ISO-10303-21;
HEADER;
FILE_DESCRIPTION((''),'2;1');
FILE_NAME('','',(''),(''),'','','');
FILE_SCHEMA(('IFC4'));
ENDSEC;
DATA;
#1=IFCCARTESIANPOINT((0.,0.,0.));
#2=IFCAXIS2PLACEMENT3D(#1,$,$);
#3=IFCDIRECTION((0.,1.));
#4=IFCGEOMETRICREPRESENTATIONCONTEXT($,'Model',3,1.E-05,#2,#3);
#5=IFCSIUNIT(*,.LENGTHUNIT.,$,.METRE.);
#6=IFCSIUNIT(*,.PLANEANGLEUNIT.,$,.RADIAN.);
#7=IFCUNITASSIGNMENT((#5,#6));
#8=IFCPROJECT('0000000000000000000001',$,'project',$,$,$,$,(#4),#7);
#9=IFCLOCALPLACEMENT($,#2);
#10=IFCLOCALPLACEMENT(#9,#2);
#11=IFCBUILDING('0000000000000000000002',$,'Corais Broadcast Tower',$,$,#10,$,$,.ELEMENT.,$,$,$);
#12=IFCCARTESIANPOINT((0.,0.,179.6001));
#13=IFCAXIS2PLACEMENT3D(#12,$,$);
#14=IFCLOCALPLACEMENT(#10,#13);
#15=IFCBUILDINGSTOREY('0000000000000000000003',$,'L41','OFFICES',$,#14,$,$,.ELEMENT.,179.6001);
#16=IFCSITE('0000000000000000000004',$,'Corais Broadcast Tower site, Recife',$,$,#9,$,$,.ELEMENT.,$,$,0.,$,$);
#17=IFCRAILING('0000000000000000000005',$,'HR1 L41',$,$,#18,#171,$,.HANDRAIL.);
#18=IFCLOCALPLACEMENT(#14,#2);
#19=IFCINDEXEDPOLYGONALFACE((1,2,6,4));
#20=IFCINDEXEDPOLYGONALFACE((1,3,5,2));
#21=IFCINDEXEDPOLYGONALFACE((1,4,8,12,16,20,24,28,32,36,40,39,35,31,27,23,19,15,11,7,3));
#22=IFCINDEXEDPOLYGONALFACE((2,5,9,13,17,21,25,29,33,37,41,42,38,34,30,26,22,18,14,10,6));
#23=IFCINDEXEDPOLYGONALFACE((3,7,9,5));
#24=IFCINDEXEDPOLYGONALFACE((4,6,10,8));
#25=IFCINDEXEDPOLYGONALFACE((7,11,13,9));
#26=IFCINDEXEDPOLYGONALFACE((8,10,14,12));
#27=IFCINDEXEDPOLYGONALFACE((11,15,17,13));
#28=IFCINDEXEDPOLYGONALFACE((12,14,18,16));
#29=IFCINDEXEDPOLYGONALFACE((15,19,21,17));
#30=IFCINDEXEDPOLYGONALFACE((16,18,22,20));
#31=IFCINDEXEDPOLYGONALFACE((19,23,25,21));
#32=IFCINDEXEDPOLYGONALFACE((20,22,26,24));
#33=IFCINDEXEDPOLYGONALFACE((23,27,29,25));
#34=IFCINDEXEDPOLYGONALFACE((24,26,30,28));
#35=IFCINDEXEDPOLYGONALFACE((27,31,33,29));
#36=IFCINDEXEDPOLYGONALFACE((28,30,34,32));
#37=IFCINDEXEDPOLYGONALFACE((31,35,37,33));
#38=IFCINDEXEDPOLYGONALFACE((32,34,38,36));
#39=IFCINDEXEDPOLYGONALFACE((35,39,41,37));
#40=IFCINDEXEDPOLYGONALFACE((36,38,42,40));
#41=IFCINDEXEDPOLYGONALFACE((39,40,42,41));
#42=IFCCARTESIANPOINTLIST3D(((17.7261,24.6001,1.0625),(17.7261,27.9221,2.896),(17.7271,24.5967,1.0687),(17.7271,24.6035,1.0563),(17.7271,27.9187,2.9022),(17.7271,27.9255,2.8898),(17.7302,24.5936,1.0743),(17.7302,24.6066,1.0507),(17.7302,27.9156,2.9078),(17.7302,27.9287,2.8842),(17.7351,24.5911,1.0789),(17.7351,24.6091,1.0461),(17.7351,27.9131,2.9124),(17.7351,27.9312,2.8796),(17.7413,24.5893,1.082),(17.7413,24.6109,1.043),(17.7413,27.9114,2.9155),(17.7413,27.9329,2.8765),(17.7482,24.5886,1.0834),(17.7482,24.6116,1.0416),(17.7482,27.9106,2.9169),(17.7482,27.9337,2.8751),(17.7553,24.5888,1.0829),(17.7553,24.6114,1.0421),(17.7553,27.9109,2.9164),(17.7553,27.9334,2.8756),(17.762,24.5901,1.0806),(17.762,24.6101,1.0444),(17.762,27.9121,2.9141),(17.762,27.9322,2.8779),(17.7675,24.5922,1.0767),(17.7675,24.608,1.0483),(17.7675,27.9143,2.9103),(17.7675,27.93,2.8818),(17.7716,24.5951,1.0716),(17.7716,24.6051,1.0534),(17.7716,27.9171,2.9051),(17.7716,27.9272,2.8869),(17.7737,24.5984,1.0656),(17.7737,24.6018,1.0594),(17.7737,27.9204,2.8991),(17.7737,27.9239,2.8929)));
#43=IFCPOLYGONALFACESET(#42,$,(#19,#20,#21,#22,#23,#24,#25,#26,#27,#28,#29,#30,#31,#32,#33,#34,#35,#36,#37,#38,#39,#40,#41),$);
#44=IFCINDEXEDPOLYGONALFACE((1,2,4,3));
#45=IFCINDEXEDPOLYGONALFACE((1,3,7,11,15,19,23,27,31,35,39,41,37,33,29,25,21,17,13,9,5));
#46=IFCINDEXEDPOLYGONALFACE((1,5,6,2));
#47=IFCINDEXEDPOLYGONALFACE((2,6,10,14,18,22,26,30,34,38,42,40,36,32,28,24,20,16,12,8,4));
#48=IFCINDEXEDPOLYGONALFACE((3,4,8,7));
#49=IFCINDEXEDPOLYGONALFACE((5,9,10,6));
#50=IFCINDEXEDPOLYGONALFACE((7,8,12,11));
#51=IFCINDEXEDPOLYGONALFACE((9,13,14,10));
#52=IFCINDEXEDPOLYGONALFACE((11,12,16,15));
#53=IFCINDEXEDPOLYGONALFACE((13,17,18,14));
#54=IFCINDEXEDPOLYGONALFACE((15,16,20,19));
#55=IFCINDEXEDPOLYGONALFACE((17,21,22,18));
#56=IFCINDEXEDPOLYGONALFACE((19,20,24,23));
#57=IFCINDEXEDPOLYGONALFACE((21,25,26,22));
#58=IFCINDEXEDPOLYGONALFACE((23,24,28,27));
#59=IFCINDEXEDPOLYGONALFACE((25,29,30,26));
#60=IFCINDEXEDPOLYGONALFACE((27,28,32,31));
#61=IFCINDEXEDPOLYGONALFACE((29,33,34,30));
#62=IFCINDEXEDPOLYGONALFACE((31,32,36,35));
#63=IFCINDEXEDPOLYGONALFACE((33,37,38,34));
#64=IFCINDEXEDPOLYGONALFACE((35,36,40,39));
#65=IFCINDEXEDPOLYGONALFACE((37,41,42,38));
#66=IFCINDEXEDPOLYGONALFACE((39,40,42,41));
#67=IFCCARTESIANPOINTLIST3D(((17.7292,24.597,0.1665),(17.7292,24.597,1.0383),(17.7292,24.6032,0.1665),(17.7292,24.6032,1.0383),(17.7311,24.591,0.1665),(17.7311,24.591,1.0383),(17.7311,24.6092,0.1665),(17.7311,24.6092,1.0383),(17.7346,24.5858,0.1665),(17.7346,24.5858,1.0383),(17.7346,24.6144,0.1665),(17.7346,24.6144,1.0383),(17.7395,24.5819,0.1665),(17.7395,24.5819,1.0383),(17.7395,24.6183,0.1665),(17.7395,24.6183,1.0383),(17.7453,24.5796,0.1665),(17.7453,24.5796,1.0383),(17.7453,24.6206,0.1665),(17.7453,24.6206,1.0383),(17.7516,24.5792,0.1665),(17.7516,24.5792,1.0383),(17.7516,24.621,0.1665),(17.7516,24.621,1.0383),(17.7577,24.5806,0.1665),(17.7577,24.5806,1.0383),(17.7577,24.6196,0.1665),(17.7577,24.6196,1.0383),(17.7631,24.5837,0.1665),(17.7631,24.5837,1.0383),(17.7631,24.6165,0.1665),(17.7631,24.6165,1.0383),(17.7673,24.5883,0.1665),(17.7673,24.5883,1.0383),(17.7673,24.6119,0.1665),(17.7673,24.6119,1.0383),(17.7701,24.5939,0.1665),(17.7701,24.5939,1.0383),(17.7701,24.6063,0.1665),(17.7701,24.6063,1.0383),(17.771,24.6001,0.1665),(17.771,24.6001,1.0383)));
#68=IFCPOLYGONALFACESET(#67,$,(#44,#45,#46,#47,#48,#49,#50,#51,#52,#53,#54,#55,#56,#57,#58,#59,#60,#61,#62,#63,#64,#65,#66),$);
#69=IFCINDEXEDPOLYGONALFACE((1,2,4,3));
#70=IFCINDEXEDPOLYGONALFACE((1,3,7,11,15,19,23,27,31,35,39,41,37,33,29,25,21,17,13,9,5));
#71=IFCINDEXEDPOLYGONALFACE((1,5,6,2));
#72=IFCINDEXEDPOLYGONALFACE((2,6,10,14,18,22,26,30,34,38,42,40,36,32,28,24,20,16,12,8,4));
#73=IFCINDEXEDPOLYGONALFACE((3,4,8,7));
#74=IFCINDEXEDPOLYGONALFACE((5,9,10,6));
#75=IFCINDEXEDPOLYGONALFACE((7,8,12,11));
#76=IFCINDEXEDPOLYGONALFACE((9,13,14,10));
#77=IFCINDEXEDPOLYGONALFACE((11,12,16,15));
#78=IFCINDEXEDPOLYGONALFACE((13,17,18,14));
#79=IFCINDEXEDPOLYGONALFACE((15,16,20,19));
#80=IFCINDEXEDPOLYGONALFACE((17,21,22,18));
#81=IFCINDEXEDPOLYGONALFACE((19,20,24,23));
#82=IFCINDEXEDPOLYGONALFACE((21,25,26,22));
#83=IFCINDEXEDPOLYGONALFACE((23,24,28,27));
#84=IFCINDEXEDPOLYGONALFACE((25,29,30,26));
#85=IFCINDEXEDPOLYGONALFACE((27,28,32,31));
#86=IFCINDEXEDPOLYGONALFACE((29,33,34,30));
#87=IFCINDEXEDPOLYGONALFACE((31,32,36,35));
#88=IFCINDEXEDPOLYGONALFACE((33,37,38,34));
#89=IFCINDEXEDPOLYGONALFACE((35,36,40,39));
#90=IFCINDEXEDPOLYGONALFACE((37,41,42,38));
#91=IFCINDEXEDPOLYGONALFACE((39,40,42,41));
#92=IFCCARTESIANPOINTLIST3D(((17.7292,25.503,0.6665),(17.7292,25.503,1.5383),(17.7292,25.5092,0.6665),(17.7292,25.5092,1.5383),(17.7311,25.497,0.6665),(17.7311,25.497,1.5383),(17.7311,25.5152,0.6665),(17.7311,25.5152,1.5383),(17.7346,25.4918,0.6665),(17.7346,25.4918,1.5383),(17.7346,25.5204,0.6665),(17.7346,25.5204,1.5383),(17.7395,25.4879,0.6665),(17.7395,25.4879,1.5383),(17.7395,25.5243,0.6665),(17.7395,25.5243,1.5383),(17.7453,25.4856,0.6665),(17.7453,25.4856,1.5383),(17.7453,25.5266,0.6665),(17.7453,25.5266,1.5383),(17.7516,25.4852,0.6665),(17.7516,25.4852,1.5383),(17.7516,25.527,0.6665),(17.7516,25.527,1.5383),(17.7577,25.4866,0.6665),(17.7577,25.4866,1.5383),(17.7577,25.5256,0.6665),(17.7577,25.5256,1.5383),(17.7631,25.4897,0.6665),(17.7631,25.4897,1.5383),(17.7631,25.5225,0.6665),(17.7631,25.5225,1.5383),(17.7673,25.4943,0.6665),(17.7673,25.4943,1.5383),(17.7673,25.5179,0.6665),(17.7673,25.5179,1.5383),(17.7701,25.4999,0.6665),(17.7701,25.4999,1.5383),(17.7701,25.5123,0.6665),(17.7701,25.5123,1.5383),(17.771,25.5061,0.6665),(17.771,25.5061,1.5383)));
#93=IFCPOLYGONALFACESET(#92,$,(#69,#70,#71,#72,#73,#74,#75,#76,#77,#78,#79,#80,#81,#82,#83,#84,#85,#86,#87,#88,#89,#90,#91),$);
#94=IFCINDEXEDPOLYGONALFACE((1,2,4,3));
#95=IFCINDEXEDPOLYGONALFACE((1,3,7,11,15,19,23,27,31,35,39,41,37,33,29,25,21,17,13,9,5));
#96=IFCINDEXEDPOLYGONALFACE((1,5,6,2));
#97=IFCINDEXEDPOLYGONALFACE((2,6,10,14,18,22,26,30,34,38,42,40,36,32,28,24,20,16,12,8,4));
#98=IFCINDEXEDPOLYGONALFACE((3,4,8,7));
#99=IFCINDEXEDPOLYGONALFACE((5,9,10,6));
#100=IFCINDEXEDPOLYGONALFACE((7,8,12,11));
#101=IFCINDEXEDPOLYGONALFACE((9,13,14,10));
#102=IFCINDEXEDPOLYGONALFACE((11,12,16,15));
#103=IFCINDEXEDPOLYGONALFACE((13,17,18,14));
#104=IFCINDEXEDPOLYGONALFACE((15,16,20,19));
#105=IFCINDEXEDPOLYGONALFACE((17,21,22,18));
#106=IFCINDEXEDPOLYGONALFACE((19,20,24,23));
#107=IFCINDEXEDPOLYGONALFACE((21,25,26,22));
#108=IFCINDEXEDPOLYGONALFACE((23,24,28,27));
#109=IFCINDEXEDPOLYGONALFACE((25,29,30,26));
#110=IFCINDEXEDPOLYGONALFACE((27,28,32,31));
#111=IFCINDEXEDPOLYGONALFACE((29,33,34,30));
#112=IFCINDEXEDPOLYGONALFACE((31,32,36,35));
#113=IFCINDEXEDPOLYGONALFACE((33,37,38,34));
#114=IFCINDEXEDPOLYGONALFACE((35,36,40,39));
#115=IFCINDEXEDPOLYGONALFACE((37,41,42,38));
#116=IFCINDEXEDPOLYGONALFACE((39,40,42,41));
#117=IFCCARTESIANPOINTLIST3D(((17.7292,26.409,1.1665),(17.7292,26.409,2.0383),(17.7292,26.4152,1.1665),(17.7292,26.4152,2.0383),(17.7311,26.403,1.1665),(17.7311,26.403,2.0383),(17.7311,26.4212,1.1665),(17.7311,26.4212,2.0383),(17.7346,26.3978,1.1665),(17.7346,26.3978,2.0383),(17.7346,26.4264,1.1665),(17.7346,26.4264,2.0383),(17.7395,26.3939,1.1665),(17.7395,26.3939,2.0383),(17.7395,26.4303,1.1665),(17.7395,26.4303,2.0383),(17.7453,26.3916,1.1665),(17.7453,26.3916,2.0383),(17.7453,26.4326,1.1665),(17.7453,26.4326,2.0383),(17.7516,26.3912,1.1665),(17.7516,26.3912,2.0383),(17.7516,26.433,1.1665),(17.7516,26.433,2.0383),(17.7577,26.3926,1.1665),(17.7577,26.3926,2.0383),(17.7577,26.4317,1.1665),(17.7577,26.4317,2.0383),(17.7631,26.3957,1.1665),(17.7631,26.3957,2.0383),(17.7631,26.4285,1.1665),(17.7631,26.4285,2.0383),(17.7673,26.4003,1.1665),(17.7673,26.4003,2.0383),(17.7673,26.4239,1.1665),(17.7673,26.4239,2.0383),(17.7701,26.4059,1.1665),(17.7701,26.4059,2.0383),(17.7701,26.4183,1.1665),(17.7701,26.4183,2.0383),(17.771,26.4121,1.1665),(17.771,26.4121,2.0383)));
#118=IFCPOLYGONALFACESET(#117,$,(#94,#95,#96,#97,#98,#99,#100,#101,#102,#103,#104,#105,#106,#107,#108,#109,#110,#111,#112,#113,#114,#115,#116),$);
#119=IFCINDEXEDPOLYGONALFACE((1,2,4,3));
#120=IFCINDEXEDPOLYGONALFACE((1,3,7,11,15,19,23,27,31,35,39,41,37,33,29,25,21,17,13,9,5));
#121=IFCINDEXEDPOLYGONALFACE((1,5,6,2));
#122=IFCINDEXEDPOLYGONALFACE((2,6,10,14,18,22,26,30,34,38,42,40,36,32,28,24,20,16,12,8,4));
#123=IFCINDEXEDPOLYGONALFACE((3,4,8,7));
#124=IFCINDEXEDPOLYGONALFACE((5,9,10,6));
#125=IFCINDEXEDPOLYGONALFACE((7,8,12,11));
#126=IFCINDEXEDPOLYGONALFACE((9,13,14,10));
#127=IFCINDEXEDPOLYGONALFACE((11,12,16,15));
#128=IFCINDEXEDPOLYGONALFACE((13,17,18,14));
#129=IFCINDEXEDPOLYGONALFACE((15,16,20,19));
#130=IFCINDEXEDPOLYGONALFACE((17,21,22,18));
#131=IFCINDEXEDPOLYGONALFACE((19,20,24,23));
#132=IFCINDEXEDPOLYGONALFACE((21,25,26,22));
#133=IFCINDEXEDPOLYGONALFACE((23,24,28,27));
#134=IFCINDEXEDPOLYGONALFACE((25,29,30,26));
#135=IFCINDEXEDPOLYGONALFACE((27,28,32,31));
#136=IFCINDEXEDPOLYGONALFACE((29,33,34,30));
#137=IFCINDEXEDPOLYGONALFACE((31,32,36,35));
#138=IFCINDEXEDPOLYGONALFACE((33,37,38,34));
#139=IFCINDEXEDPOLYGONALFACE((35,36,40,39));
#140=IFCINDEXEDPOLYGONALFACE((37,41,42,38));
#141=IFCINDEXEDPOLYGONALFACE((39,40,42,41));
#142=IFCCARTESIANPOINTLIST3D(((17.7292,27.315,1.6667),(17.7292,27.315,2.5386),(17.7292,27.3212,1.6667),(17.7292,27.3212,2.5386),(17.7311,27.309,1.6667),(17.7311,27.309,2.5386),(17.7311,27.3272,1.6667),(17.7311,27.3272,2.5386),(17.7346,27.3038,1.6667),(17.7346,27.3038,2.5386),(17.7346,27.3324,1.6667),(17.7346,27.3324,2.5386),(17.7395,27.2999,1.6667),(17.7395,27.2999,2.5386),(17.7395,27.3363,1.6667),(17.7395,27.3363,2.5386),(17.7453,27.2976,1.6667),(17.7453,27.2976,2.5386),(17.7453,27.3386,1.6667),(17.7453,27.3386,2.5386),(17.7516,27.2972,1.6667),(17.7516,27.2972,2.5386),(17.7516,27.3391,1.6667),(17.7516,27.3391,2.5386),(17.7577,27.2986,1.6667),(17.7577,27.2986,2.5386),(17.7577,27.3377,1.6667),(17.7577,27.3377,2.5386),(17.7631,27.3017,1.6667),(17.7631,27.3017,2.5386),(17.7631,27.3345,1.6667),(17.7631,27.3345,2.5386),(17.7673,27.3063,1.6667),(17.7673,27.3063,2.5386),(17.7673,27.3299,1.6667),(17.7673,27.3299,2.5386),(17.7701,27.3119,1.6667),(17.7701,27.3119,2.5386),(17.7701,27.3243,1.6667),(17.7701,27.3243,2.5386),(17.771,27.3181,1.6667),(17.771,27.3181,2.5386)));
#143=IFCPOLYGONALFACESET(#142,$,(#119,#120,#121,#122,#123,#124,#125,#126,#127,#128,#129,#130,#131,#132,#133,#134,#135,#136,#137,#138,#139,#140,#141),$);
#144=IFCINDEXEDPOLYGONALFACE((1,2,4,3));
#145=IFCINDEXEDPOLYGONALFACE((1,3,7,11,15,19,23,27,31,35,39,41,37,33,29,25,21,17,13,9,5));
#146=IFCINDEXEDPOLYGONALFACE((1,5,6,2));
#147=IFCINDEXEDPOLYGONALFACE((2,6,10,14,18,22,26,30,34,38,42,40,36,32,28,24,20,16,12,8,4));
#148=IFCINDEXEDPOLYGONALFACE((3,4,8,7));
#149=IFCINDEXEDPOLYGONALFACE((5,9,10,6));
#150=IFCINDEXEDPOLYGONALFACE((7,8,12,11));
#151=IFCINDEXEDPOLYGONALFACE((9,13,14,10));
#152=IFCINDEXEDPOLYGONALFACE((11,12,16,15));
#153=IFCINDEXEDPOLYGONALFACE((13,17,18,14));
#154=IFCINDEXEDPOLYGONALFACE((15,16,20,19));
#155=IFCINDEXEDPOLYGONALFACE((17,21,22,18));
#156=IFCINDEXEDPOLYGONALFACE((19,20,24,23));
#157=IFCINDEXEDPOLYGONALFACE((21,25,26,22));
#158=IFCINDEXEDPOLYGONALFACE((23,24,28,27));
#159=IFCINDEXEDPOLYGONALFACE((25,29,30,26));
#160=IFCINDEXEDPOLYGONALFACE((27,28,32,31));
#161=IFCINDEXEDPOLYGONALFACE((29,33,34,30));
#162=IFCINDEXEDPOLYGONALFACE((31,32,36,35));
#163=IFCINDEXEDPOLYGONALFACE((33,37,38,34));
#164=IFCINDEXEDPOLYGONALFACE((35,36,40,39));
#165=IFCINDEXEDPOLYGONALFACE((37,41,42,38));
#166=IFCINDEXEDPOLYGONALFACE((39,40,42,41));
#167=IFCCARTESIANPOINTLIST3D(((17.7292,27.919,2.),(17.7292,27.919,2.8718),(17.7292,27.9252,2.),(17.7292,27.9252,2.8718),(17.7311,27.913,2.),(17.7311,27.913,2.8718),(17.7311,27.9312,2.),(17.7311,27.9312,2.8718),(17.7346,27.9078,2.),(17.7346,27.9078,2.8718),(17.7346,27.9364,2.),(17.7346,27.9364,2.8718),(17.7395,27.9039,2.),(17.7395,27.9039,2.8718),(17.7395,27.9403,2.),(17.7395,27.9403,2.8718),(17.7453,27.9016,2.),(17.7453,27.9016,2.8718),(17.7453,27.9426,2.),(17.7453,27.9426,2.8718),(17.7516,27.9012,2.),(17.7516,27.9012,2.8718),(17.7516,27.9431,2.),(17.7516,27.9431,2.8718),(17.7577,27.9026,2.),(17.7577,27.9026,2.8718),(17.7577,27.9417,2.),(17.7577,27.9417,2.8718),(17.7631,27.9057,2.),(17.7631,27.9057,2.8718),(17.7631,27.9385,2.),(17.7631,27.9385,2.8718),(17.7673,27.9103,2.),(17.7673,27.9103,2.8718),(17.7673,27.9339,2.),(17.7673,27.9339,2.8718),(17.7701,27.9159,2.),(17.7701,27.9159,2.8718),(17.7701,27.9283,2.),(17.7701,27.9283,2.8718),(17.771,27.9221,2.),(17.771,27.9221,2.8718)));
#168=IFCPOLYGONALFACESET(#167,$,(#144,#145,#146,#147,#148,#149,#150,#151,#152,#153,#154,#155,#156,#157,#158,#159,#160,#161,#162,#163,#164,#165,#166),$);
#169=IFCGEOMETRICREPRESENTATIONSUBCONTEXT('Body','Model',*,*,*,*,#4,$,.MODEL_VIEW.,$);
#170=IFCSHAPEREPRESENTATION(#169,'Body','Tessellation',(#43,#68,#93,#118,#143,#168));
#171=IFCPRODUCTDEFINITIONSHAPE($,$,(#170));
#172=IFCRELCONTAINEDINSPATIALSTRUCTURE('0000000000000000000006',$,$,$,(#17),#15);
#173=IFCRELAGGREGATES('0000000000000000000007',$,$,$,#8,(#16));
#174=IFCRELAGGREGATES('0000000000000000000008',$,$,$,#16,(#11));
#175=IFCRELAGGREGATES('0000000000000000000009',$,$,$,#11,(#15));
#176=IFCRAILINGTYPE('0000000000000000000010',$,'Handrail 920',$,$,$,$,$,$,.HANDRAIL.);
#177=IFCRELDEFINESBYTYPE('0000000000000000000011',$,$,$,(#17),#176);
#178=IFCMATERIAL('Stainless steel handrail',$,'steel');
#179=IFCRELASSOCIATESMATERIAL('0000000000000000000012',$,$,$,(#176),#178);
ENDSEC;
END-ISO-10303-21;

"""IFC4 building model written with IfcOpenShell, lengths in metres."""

from ifc_helpers import new_model, si_unit, direction, frame, origin, origin_2d, place, context, subcontext, project, spatial, circle, extrude, material, type_object, element, save


model = new_model("IFC4")

# Units and contexts
model_context = context("Model", 3, precision=1e-05, world=origin(), true_north=direction((0.0, 1.0)))
body_context = subcontext(model_context, "Body", "Model", "MODEL_VIEW")
ifc_project = project(units=[si_unit("LENGTHUNIT", "METRE"), si_unit("PLANEANGLEUNIT", "RADIAN")], contexts=[model_context])

# Site, building, storey
site_placement = place(None, origin())
site = spatial("IfcSite", under=ifc_project, at=site_placement, Name="Corais Broadcast Tower site, Recife", CompositionType="ELEMENT", RefElevation=0.0)
building_placement = place(site_placement, origin())
building = spatial("IfcBuilding", under=site, at=building_placement, Name="Corais Broadcast Tower", CompositionType="ELEMENT")
storey_placement = place(building_placement, frame((0.0, 0.0, 179.6001)))
storey = spatial("IfcBuildingStorey", under=building, at=storey_placement, Name="L41", Description="OFFICES", CompositionType="ELEMENT", Elevation=179.6001)

# Railing
ifc_material_1 = material(Name="Stainless steel handrail", Category="steel")
railing_type = type_object("IfcRailingType", Name="Handrail 920", PredefinedType="HANDRAIL", material=ifc_material_1)
for number, where, name in (
    (1, (17.75, 24.6001, 0.1665), "HR1 L41"),
):
    element("IfcRailing", number, at=place(storey_placement, frame(where)), inside=storey, type_object=railing_type, Name=name, PredefinedType="HANDRAIL", context=body_context, shape_type="SweptSolid", body=[
        extrude(circle(Radius=0.0239, at=origin_2d()), frame((0.0, 0.0, 0.896), z_axis=(0.0, 0.875504, 0.48321), x_axis=(-1.0, 0.0, 0.0)), (0.0, 0.0, 1.0), 3.7944),
        extrude(circle(Radius=0.021, at=origin_2d()), origin(), (0.0, 0.0, 1.0), 0.8718),
        extrude(circle(Radius=0.021, at=origin_2d()), frame((0.0, 0.906, 0.5)), (0.0, 0.0, 1.0), 0.8718),
        extrude(circle(Radius=0.021, at=origin_2d()), frame((0.0, 1.812, 1.0)), (0.0, 0.0, 1.0), 0.8718),
        extrude(circle(Radius=0.021, at=origin_2d()), frame((0.0, 2.718, 1.5002)), (0.0, 0.0, 1.0), 0.8718),
        extrude(circle(Radius=0.021, at=origin_2d()), frame((0.0, 3.322, 1.8335)), (0.0, 0.0, 1.0), 0.8718),
    ])

save(model, "model.ifc")
